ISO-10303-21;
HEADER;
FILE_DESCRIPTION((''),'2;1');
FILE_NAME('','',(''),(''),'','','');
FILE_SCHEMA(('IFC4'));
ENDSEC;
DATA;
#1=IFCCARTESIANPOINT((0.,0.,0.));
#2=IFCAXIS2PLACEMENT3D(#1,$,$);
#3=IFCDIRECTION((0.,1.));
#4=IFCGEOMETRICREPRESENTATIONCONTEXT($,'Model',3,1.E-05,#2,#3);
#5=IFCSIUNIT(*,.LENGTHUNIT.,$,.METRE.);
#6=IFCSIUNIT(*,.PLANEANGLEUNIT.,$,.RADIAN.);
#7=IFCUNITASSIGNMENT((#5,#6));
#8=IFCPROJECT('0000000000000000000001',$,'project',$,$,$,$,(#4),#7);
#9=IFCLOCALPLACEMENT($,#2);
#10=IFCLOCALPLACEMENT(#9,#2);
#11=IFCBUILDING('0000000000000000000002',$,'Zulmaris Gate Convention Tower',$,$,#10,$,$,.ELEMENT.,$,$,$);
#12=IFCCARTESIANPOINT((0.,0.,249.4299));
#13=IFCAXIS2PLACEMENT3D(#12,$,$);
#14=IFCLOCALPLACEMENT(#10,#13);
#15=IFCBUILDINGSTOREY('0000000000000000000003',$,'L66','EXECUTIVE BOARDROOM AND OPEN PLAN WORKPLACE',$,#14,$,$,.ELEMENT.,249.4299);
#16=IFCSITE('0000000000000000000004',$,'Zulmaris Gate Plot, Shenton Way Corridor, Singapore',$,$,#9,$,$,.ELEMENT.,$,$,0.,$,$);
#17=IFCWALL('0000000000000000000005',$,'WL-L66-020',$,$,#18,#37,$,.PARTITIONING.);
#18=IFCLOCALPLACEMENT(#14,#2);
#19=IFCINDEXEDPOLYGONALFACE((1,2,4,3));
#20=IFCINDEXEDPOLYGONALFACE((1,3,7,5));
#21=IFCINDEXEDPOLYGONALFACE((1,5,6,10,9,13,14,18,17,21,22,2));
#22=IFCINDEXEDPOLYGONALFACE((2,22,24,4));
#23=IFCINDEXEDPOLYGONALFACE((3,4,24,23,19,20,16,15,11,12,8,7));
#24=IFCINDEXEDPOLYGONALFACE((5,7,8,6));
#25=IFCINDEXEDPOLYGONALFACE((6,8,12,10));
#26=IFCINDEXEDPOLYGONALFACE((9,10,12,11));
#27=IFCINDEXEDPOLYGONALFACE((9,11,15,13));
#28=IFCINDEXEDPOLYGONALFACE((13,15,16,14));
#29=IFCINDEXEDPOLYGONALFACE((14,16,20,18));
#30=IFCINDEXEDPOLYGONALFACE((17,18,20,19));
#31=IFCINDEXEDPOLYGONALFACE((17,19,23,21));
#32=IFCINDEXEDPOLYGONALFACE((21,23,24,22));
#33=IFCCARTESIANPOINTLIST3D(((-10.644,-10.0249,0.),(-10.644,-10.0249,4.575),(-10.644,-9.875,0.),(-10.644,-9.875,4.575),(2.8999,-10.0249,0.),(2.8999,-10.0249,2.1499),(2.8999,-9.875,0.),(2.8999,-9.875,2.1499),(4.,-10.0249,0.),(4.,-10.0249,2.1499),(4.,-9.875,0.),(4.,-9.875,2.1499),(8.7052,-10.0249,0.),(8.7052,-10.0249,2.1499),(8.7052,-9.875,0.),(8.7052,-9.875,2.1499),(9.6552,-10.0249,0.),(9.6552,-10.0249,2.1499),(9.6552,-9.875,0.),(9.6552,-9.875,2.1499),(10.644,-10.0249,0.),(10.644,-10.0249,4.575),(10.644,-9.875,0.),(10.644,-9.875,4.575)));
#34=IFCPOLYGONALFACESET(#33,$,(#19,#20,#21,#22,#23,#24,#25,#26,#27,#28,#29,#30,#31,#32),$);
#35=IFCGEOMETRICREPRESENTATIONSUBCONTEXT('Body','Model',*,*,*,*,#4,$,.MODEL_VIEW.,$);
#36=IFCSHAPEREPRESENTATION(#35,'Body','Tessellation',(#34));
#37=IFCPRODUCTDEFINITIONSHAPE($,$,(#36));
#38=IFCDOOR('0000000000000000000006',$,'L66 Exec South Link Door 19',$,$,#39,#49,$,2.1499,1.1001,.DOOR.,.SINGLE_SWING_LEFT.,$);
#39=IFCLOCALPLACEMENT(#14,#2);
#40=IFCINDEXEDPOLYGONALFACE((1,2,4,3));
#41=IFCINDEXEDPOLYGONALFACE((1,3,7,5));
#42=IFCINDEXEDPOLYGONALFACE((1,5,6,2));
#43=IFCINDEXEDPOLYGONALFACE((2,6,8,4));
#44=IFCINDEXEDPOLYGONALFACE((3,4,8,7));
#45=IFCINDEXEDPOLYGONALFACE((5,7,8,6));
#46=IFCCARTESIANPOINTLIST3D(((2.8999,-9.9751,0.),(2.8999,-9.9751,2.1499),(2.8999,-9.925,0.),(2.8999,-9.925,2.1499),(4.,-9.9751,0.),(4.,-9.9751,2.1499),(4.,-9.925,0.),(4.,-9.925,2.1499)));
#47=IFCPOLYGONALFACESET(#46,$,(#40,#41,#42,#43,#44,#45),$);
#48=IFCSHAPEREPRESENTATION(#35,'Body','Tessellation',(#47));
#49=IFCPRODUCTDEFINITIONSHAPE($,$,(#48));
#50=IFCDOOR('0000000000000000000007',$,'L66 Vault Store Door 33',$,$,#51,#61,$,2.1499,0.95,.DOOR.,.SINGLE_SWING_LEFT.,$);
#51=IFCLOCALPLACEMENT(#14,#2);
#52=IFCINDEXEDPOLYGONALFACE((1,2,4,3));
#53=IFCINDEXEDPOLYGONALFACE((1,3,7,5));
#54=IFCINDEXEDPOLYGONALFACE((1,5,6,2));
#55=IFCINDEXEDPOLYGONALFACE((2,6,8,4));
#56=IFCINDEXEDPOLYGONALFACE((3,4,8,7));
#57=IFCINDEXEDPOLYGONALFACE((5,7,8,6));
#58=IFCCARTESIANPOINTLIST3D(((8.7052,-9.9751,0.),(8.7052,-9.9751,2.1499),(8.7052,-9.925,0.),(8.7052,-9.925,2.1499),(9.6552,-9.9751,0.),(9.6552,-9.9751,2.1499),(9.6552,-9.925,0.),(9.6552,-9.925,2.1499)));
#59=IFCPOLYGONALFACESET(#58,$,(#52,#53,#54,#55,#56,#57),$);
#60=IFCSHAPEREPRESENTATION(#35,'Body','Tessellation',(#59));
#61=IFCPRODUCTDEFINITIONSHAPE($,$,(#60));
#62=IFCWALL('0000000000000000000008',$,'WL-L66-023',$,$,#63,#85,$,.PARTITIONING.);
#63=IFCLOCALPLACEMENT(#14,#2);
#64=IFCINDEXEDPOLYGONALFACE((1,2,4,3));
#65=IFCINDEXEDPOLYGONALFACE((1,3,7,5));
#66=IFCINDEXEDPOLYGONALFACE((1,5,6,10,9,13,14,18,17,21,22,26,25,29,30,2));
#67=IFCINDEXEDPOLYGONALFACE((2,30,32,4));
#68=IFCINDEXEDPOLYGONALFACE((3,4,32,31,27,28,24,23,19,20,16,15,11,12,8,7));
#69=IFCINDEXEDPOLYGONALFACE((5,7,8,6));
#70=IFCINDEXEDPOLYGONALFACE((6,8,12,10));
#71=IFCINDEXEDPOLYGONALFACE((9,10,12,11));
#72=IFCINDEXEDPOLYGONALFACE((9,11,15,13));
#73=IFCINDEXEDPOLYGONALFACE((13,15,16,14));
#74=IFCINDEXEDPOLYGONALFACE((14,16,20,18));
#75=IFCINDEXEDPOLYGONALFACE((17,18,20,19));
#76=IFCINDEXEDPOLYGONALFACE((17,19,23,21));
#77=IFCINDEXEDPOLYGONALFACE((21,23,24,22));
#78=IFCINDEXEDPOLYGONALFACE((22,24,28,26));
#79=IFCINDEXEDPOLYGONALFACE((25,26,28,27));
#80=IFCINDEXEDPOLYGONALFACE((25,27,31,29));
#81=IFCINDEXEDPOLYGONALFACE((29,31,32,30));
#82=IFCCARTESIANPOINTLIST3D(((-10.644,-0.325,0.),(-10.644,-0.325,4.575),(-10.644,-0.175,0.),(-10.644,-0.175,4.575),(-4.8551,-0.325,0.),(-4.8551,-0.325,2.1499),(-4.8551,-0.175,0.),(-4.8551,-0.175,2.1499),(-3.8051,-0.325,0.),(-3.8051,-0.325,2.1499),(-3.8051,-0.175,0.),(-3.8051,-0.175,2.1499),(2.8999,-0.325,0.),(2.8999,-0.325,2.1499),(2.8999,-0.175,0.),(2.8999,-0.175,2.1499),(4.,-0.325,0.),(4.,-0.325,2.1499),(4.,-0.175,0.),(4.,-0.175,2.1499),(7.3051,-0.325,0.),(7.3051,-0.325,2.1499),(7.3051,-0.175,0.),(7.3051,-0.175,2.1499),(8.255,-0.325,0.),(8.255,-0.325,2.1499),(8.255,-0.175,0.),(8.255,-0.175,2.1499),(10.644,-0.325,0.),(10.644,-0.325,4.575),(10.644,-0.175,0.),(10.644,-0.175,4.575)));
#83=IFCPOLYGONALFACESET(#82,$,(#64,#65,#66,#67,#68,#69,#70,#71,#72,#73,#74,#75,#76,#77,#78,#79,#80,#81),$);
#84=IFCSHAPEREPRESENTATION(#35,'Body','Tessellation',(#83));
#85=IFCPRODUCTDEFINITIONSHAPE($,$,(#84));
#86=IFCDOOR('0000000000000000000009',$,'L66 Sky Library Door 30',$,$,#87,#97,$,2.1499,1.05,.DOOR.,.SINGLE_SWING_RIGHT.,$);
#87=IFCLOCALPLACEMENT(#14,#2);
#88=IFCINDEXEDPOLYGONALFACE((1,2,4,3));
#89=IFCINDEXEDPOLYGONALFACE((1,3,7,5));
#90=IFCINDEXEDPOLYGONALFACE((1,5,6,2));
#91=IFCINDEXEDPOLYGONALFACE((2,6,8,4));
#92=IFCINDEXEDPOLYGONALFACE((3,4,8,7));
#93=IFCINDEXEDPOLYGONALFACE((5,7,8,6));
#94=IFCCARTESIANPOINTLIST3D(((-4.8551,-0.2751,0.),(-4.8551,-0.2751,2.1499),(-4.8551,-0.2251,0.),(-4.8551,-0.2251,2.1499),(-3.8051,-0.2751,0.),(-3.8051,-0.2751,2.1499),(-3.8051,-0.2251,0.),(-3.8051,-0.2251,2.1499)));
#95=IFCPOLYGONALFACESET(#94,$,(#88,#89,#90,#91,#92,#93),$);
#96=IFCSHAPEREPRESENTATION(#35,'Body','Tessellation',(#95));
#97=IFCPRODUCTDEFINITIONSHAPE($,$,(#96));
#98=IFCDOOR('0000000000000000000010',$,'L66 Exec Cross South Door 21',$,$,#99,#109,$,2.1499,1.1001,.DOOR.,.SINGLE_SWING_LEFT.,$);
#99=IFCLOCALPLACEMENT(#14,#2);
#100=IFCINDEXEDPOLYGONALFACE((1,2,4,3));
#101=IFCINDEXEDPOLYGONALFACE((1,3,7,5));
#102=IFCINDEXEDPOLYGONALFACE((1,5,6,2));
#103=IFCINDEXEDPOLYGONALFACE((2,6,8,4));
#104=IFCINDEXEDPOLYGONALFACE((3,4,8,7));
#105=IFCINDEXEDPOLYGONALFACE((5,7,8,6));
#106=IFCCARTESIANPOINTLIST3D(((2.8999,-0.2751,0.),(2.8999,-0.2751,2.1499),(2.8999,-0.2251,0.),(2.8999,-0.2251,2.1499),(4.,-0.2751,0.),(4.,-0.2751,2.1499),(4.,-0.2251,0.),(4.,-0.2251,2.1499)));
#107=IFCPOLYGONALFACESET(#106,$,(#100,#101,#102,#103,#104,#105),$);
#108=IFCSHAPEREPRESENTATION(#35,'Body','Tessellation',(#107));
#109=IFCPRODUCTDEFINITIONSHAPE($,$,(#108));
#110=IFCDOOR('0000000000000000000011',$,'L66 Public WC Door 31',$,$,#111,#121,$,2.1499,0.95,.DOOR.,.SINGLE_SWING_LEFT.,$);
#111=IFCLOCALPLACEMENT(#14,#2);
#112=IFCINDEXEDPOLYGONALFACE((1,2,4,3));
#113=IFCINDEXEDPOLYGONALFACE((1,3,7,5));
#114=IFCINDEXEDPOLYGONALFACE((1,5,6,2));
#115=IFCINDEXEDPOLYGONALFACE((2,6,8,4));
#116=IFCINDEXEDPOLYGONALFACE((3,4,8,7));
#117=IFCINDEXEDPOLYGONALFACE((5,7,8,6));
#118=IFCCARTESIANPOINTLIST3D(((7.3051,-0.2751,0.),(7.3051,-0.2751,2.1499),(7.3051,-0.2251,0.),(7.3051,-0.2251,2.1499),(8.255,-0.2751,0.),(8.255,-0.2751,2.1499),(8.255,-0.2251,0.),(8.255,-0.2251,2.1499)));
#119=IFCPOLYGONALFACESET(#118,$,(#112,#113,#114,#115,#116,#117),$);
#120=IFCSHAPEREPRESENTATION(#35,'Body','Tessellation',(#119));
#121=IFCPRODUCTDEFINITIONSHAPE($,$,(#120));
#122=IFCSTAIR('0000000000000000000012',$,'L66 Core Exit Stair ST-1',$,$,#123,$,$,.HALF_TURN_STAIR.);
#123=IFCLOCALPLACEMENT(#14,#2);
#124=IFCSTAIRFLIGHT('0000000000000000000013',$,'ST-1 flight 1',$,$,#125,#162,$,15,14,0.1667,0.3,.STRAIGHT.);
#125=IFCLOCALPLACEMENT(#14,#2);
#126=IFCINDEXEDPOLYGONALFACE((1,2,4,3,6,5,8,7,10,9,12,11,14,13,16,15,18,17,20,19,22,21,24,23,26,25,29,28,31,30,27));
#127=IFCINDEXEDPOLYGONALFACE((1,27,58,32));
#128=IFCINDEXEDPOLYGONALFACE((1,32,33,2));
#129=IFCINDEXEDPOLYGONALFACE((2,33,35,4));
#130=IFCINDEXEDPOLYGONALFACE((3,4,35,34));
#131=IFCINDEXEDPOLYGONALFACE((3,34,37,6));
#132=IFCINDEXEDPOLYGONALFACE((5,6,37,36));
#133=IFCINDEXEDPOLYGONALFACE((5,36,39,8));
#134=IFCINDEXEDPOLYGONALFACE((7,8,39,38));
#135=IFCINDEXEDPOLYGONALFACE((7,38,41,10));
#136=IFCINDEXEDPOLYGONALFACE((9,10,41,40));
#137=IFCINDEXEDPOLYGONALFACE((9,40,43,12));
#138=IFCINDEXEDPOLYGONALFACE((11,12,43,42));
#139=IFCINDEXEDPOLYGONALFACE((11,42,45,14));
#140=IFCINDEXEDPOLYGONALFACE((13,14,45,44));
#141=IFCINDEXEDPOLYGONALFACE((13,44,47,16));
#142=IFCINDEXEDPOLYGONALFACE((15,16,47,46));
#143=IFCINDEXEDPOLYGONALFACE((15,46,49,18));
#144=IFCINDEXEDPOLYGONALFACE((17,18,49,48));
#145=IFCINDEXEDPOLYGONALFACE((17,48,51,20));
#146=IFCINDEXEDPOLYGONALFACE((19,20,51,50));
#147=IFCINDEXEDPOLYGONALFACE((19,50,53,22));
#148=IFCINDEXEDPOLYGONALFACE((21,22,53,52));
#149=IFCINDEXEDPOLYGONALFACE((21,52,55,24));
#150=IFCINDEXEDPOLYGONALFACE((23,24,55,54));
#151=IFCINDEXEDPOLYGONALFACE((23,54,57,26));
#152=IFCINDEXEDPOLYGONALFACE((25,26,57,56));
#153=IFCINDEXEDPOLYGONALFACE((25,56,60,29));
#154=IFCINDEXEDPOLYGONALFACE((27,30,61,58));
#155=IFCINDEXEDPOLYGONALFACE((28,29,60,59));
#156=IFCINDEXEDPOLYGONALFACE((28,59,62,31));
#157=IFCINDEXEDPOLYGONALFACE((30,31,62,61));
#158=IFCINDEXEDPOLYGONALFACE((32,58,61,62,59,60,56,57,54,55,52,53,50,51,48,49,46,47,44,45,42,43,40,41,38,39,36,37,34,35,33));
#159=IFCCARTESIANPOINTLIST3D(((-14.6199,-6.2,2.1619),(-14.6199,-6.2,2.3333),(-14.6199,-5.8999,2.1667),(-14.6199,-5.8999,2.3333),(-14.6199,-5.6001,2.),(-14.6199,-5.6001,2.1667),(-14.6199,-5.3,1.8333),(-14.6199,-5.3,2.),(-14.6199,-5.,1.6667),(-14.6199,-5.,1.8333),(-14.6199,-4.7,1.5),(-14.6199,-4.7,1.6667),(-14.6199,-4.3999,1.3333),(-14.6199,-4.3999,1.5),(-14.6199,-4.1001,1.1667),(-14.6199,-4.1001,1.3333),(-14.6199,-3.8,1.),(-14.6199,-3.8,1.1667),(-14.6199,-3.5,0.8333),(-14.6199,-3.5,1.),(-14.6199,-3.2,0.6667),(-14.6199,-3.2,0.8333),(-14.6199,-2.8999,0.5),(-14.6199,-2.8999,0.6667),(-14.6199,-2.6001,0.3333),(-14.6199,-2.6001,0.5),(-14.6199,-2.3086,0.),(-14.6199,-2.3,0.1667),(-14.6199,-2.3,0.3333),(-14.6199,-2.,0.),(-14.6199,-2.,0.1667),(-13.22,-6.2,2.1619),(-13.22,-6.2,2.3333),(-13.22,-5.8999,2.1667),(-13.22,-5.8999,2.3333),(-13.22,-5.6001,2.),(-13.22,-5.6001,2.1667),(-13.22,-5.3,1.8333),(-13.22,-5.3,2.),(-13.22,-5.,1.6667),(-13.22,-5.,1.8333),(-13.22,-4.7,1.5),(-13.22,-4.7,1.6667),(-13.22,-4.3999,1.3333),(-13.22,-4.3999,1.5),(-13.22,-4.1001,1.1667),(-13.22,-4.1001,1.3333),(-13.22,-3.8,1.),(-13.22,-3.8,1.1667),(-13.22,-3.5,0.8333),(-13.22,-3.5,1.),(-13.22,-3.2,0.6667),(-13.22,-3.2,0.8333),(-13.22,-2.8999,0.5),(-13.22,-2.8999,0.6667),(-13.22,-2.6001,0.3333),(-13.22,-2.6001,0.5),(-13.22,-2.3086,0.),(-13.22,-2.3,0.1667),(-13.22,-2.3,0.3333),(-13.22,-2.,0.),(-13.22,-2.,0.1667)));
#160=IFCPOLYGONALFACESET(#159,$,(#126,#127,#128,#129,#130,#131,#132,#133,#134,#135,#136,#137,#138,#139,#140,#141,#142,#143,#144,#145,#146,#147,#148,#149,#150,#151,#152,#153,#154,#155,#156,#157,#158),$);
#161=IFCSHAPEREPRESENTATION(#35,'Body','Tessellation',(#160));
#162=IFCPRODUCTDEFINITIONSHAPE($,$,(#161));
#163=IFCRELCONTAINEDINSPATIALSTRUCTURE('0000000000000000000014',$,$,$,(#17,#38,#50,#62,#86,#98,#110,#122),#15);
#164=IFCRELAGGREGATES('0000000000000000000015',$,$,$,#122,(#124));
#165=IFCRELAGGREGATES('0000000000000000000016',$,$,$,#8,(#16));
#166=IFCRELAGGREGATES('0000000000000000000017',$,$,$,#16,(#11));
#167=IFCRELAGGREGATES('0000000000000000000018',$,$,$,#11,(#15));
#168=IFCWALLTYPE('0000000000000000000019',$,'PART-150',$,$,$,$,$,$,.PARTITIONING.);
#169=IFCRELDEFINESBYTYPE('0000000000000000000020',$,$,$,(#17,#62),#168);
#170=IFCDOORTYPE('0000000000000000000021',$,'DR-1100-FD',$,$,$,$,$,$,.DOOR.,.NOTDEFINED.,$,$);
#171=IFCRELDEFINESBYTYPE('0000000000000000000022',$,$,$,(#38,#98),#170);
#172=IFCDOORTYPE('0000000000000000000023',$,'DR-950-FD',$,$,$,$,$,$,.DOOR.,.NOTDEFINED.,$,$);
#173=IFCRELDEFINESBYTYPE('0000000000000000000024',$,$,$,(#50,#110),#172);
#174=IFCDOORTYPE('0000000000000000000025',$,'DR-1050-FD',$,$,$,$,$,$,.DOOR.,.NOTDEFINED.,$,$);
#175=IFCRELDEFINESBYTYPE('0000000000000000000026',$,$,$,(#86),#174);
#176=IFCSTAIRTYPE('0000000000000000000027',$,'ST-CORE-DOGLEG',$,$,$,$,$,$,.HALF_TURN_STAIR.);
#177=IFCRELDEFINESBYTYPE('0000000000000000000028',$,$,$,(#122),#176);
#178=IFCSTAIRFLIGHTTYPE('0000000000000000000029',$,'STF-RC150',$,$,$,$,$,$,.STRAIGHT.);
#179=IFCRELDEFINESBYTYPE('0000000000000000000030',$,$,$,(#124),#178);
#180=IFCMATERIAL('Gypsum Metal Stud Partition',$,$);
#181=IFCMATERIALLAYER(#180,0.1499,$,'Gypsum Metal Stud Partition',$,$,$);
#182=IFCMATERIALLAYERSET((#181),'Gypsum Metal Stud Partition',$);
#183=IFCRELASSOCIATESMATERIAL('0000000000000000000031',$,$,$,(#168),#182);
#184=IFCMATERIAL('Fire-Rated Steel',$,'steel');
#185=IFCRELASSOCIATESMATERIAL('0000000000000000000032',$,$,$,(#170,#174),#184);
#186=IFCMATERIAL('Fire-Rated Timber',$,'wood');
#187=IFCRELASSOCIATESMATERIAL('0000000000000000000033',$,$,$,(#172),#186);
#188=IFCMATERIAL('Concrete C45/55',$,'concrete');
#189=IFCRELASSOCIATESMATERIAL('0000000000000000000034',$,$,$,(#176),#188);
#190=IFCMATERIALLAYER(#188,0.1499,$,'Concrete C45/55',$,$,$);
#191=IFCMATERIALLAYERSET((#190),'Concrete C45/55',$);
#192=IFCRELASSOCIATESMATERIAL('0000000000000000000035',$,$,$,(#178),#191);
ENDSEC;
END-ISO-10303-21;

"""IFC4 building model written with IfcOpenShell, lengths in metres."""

from ifc_helpers import new_model, si_unit, direction, frame, frame_2d, origin, place, context, subcontext, project, spatial, polyline, rectangle, outline, extrude, material, layer, layer_set, type_object, element, fill, aggregate, save


model = new_model("IFC4")

# Units and contexts
model_context = context("Model", 3, precision=1e-05, world=origin(), true_north=direction((0.0, 1.0)))
body_context = subcontext(model_context, "Body", "Model", "MODEL_VIEW")
ifc_project = project(units=[si_unit("LENGTHUNIT", "METRE"), si_unit("PLANEANGLEUNIT", "RADIAN")], contexts=[model_context])

# Site, building, storey
site_placement = place(None, origin())
site = spatial("IfcSite", under=ifc_project, at=site_placement, Name="Zulmaris Gate Plot, Shenton Way Corridor, Singapore", CompositionType="ELEMENT", RefElevation=0.0)
building_placement = place(site_placement, origin())
building = spatial("IfcBuilding", under=site, at=building_placement, Name="Zulmaris Gate Convention Tower", CompositionType="ELEMENT")
storey_placement = place(building_placement, frame((0.0, 0.0, 249.4299)))
storey = spatial("IfcBuildingStorey", under=building, at=storey_placement, Name="L66", Description="EXECUTIVE BOARDROOM AND OPEN PLAN WORKPLACE", CompositionType="ELEMENT", Elevation=249.4299)

# Walls, openings, doors
ifc_material_1 = material(Name="Gypsum Metal Stud Partition")
ifc_layer_1 = layer(ifc_material_1, 0.1499, Name="Gypsum Metal Stud Partition")
ifc_layer_set_1 = layer_set([ifc_layer_1], Name="Gypsum Metal Stud Partition")
wall_type_1 = type_object("IfcWallType", Name="PART-150", PredefinedType="PARTITIONING", material=ifc_layer_set_1)
wall_1_placement = place(storey_placement, frame((-10.644, -9.95, 0.0), z_axis=(0.0, 0.0, 1.0), x_axis=(1.0, 0.0, 0.0)))
wall_1 = element("IfcWall", 1, at=wall_1_placement, inside=storey, type_object=wall_type_1, Name="WL-L66-020", PredefinedType="PARTITIONING", context=body_context, shape_type="SweptSolid", body=[
    extrude(rectangle(XDim=21.2881, YDim=0.1499, at=frame_2d((10.644, 0.0))), origin(), (0.0, 0.0, 1.0), 4.575),
])
opening_1_placement = place(wall_1_placement, frame((13.5439, 0.0, 0.0)))
opening_1 = element("IfcOpeningElement", 2, at=opening_1_placement, cuts=wall_1, PredefinedType="OPENING", context=body_context, shape_type="SweptSolid", body=[
    extrude(rectangle(XDim=1.1001, YDim=2.1499, at=frame_2d((0.55, 1.075))), frame((0.0, 0.085, 0.0), z_axis=(0.0, -1.0, 0.0), x_axis=(1.0, 0.0, 0.0)), (0.0, 0.0, 1.0), 0.1699),
])
opening_2_placement = place(wall_1_placement, frame((19.3491, 0.0, 0.0)))
opening_2 = element("IfcOpeningElement", 3, at=opening_2_placement, cuts=wall_1, PredefinedType="OPENING", context=body_context, shape_type="SweptSolid", body=[
    extrude(rectangle(XDim=0.95, YDim=2.1499, at=frame_2d((0.4751, 1.075))), frame((0.0, 0.085, 0.0), z_axis=(0.0, -1.0, 0.0), x_axis=(1.0, 0.0, 0.0)), (0.0, 0.0, 1.0), 0.1699),
])
ifc_material_2 = material(Name="Fire-Rated Steel", Category="steel")
door_type_1 = type_object("IfcDoorType", Name="DR-1100-FD", OperationType="NOTDEFINED", PredefinedType="DOOR", material=ifc_material_2)
door_1_placement = place(opening_1_placement, origin())
door_1 = element("IfcDoor", 4, at=door_1_placement, inside=storey, type_object=door_type_1, Name="L66 Exec South Link Door 19", OperationType="SINGLE_SWING_LEFT", OverallHeight=2.1499, OverallWidth=1.1001, PredefinedType="DOOR", context=body_context, shape_type="SweptSolid", body=[
    extrude(rectangle(XDim=1.1001, YDim=2.1499, at=frame_2d((0.55, 1.075))), frame((0.0, 0.0249, 0.0), z_axis=(0.0, -1.0, 0.0), x_axis=(1.0, 0.0, 0.0)), (0.0, 0.0, 1.0), 0.05),
])
fill(opening_1, door_1)
ifc_material_3 = material(Name="Fire-Rated Timber", Category="wood")
door_type_2 = type_object("IfcDoorType", Name="DR-950-FD", OperationType="NOTDEFINED", PredefinedType="DOOR", material=ifc_material_3)
door_2_placement = place(opening_2_placement, origin())
door_2 = element("IfcDoor", 5, at=door_2_placement, inside=storey, type_object=door_type_2, Name="L66 Vault Store Door 33", OperationType="SINGLE_SWING_LEFT", OverallHeight=2.1499, OverallWidth=0.95, PredefinedType="DOOR", context=body_context, shape_type="SweptSolid", body=[
    extrude(rectangle(XDim=0.95, YDim=2.1499, at=frame_2d((0.4751, 1.075))), frame((0.0, 0.0249, 0.0), z_axis=(0.0, -1.0, 0.0), x_axis=(1.0, 0.0, 0.0)), (0.0, 0.0, 1.0), 0.05),
])
fill(opening_2, door_2)
wall_2_placement = place(storey_placement, frame((-10.644, -0.25, 0.0), z_axis=(0.0, 0.0, 1.0), x_axis=(1.0, 0.0, 0.0)))
wall_2 = element("IfcWall", 6, at=wall_2_placement, inside=storey, type_object=wall_type_1, Name="WL-L66-023", PredefinedType="PARTITIONING", context=body_context, shape_type="SweptSolid", body=[
    extrude(rectangle(XDim=21.2881, YDim=0.1499, at=frame_2d((10.644, 0.0))), origin(), (0.0, 0.0, 1.0), 4.575),
])
opening_3_placement = place(wall_2_placement, frame((13.5439, 0.0, 0.0)))
opening_3 = element("IfcOpeningElement", 7, at=opening_3_placement, cuts=wall_2, PredefinedType="OPENING", context=body_context, shape_type="SweptSolid", body=[
    extrude(rectangle(XDim=1.1001, YDim=2.1499, at=frame_2d((0.55, 1.075))), frame((0.0, 0.085, 0.0), z_axis=(0.0, -1.0, 0.0), x_axis=(1.0, 0.0, 0.0)), (0.0, 0.0, 1.0), 0.1699),
])
opening_4_placement = place(wall_2_placement, frame((5.7891, 0.0, 0.0)))
opening_4 = element("IfcOpeningElement", 8, at=opening_4_placement, cuts=wall_2, PredefinedType="OPENING", context=body_context, shape_type="SweptSolid", body=[
    extrude(rectangle(XDim=1.05, YDim=2.1499, at=frame_2d((0.5249, 1.075))), frame((0.0, 0.085, 0.0), z_axis=(0.0, -1.0, 0.0), x_axis=(1.0, 0.0, 0.0)), (0.0, 0.0, 1.0), 0.1699),
])
opening_5_placement = place(wall_2_placement, frame((17.949, 0.0, 0.0)))
opening_5 = element("IfcOpeningElement", 9, at=opening_5_placement, cuts=wall_2, PredefinedType="OPENING", context=body_context, shape_type="SweptSolid", body=[
    extrude(rectangle(XDim=0.95, YDim=2.1499, at=frame_2d((0.4751, 1.075))), frame((0.0, 0.085, 0.0), z_axis=(0.0, -1.0, 0.0), x_axis=(1.0, 0.0, 0.0)), (0.0, 0.0, 1.0), 0.1699),
])
door_type_3 = type_object("IfcDoorType", Name="DR-1050-FD", OperationType="NOTDEFINED", PredefinedType="DOOR", material=ifc_material_2)
door_3_placement = place(opening_4_placement, origin())
door_3 = element("IfcDoor", 10, at=door_3_placement, inside=storey, type_object=door_type_3, Name="L66 Sky Library Door 30", OperationType="SINGLE_SWING_RIGHT", OverallHeight=2.1499, OverallWidth=1.05, PredefinedType="DOOR", context=body_context, shape_type="SweptSolid", body=[
    extrude(rectangle(XDim=1.05, YDim=2.1499, at=frame_2d((0.5249, 1.075))), frame((0.0, 0.0249, 0.0), z_axis=(0.0, -1.0, 0.0), x_axis=(1.0, 0.0, 0.0)), (0.0, 0.0, 1.0), 0.05),
])
fill(opening_4, door_3)
door_4_placement = place(opening_3_placement, origin())
door_4 = element("IfcDoor", 11, at=door_4_placement, inside=storey, type_object=door_type_1, Name="L66 Exec Cross South Door 21", OperationType="SINGLE_SWING_LEFT", OverallHeight=2.1499, OverallWidth=1.1001, PredefinedType="DOOR", context=body_context, shape_type="SweptSolid", body=[
    extrude(rectangle(XDim=1.1001, YDim=2.1499, at=frame_2d((0.55, 1.075))), frame((0.0, 0.0249, 0.0), z_axis=(0.0, -1.0, 0.0), x_axis=(1.0, 0.0, 0.0)), (0.0, 0.0, 1.0), 0.05),
])
fill(opening_3, door_4)
door_5_placement = place(opening_5_placement, origin())
door_5 = element("IfcDoor", 12, at=door_5_placement, inside=storey, type_object=door_type_2, Name="L66 Public WC Door 31", OperationType="SINGLE_SWING_LEFT", OverallHeight=2.1499, OverallWidth=0.95, PredefinedType="DOOR", context=body_context, shape_type="SweptSolid", body=[
    extrude(rectangle(XDim=0.95, YDim=2.1499, at=frame_2d((0.4751, 1.075))), frame((0.0, 0.0249, 0.0), z_axis=(0.0, -1.0, 0.0), x_axis=(1.0, 0.0, 0.0)), (0.0, 0.0, 1.0), 0.05),
])
fill(opening_5, door_5)

# Stair, stair flight
ifc_material_4 = material(Name="Concrete C45/55", Category="concrete")
stair_type = type_object("IfcStairType", Name="ST-CORE-DOGLEG", PredefinedType="HALF_TURN_STAIR", material=ifc_material_4)
stair_1_placement = place(storey_placement, origin())
stair_1 = element("IfcStair", 13, at=stair_1_placement, inside=storey, type_object=stair_type, Name="L66 Core Exit Stair ST-1", PredefinedType="HALF_TURN_STAIR")
ifc_layer_2 = layer(ifc_material_4, 0.1499, Name="Concrete C45/55")
ifc_layer_set_2 = layer_set([ifc_layer_2], Name="Concrete C45/55")
stair_flight_type = type_object("IfcStairFlightType", Name="STF-RC150", PredefinedType="STRAIGHT", material=ifc_layer_set_2)
stair_flight_1_placement = place(storey_placement, frame((-13.9199, -2.0, 0.0), z_axis=(0.0, 0.0, 1.0), x_axis=(0.0, -1.0, 0.0)))
stair_flight_1 = element("IfcStairFlight", 14, at=stair_flight_1_placement, type_object=stair_flight_type, Name="ST-1 flight 1", NumberOfRisers=15, NumberOfTreads=14, PredefinedType="STRAIGHT", RiserHeight=0.1667, TreadLength=0.3, context=body_context, shape_type="SweptSolid", body=[
    extrude(outline(polyline([(0.0, 0.0), (0.0, 0.1667), (0.3, 0.1667), (0.3, 0.3333), (0.6001, 0.3333), (0.6001, 0.5), (0.8999, 0.5), (0.8999, 0.6667), (1.2, 0.6667), (1.2, 0.8333), (1.5, 0.8333), (1.5, 1.0), (1.8, 1.0), (1.8, 1.1667), (2.1001, 1.1667), (2.1001, 1.3333), (2.3999, 1.3333), (2.3999, 1.5), (2.7, 1.5), (2.7, 1.6667), (3.0, 1.6667), (3.0, 1.8333), (3.3, 1.8333), (3.3, 2.0), (3.6001, 2.0), (3.6001, 2.1667), (3.8999, 2.1667), (3.8999, 2.3333), (4.2, 2.3333), (4.2, 2.5), (4.2, 2.1619), (0.3086, 0.0), (0.0, 0.0)])), frame((0.0, 0.7, 0.0), z_axis=(0.0, -1.0, 0.0), x_axis=(1.0, 0.0, 0.0)), (0.0, 0.0, 1.0), 1.3999),
])
aggregate(stair_1, [stair_flight_1])

save(model, "model.ifc")
